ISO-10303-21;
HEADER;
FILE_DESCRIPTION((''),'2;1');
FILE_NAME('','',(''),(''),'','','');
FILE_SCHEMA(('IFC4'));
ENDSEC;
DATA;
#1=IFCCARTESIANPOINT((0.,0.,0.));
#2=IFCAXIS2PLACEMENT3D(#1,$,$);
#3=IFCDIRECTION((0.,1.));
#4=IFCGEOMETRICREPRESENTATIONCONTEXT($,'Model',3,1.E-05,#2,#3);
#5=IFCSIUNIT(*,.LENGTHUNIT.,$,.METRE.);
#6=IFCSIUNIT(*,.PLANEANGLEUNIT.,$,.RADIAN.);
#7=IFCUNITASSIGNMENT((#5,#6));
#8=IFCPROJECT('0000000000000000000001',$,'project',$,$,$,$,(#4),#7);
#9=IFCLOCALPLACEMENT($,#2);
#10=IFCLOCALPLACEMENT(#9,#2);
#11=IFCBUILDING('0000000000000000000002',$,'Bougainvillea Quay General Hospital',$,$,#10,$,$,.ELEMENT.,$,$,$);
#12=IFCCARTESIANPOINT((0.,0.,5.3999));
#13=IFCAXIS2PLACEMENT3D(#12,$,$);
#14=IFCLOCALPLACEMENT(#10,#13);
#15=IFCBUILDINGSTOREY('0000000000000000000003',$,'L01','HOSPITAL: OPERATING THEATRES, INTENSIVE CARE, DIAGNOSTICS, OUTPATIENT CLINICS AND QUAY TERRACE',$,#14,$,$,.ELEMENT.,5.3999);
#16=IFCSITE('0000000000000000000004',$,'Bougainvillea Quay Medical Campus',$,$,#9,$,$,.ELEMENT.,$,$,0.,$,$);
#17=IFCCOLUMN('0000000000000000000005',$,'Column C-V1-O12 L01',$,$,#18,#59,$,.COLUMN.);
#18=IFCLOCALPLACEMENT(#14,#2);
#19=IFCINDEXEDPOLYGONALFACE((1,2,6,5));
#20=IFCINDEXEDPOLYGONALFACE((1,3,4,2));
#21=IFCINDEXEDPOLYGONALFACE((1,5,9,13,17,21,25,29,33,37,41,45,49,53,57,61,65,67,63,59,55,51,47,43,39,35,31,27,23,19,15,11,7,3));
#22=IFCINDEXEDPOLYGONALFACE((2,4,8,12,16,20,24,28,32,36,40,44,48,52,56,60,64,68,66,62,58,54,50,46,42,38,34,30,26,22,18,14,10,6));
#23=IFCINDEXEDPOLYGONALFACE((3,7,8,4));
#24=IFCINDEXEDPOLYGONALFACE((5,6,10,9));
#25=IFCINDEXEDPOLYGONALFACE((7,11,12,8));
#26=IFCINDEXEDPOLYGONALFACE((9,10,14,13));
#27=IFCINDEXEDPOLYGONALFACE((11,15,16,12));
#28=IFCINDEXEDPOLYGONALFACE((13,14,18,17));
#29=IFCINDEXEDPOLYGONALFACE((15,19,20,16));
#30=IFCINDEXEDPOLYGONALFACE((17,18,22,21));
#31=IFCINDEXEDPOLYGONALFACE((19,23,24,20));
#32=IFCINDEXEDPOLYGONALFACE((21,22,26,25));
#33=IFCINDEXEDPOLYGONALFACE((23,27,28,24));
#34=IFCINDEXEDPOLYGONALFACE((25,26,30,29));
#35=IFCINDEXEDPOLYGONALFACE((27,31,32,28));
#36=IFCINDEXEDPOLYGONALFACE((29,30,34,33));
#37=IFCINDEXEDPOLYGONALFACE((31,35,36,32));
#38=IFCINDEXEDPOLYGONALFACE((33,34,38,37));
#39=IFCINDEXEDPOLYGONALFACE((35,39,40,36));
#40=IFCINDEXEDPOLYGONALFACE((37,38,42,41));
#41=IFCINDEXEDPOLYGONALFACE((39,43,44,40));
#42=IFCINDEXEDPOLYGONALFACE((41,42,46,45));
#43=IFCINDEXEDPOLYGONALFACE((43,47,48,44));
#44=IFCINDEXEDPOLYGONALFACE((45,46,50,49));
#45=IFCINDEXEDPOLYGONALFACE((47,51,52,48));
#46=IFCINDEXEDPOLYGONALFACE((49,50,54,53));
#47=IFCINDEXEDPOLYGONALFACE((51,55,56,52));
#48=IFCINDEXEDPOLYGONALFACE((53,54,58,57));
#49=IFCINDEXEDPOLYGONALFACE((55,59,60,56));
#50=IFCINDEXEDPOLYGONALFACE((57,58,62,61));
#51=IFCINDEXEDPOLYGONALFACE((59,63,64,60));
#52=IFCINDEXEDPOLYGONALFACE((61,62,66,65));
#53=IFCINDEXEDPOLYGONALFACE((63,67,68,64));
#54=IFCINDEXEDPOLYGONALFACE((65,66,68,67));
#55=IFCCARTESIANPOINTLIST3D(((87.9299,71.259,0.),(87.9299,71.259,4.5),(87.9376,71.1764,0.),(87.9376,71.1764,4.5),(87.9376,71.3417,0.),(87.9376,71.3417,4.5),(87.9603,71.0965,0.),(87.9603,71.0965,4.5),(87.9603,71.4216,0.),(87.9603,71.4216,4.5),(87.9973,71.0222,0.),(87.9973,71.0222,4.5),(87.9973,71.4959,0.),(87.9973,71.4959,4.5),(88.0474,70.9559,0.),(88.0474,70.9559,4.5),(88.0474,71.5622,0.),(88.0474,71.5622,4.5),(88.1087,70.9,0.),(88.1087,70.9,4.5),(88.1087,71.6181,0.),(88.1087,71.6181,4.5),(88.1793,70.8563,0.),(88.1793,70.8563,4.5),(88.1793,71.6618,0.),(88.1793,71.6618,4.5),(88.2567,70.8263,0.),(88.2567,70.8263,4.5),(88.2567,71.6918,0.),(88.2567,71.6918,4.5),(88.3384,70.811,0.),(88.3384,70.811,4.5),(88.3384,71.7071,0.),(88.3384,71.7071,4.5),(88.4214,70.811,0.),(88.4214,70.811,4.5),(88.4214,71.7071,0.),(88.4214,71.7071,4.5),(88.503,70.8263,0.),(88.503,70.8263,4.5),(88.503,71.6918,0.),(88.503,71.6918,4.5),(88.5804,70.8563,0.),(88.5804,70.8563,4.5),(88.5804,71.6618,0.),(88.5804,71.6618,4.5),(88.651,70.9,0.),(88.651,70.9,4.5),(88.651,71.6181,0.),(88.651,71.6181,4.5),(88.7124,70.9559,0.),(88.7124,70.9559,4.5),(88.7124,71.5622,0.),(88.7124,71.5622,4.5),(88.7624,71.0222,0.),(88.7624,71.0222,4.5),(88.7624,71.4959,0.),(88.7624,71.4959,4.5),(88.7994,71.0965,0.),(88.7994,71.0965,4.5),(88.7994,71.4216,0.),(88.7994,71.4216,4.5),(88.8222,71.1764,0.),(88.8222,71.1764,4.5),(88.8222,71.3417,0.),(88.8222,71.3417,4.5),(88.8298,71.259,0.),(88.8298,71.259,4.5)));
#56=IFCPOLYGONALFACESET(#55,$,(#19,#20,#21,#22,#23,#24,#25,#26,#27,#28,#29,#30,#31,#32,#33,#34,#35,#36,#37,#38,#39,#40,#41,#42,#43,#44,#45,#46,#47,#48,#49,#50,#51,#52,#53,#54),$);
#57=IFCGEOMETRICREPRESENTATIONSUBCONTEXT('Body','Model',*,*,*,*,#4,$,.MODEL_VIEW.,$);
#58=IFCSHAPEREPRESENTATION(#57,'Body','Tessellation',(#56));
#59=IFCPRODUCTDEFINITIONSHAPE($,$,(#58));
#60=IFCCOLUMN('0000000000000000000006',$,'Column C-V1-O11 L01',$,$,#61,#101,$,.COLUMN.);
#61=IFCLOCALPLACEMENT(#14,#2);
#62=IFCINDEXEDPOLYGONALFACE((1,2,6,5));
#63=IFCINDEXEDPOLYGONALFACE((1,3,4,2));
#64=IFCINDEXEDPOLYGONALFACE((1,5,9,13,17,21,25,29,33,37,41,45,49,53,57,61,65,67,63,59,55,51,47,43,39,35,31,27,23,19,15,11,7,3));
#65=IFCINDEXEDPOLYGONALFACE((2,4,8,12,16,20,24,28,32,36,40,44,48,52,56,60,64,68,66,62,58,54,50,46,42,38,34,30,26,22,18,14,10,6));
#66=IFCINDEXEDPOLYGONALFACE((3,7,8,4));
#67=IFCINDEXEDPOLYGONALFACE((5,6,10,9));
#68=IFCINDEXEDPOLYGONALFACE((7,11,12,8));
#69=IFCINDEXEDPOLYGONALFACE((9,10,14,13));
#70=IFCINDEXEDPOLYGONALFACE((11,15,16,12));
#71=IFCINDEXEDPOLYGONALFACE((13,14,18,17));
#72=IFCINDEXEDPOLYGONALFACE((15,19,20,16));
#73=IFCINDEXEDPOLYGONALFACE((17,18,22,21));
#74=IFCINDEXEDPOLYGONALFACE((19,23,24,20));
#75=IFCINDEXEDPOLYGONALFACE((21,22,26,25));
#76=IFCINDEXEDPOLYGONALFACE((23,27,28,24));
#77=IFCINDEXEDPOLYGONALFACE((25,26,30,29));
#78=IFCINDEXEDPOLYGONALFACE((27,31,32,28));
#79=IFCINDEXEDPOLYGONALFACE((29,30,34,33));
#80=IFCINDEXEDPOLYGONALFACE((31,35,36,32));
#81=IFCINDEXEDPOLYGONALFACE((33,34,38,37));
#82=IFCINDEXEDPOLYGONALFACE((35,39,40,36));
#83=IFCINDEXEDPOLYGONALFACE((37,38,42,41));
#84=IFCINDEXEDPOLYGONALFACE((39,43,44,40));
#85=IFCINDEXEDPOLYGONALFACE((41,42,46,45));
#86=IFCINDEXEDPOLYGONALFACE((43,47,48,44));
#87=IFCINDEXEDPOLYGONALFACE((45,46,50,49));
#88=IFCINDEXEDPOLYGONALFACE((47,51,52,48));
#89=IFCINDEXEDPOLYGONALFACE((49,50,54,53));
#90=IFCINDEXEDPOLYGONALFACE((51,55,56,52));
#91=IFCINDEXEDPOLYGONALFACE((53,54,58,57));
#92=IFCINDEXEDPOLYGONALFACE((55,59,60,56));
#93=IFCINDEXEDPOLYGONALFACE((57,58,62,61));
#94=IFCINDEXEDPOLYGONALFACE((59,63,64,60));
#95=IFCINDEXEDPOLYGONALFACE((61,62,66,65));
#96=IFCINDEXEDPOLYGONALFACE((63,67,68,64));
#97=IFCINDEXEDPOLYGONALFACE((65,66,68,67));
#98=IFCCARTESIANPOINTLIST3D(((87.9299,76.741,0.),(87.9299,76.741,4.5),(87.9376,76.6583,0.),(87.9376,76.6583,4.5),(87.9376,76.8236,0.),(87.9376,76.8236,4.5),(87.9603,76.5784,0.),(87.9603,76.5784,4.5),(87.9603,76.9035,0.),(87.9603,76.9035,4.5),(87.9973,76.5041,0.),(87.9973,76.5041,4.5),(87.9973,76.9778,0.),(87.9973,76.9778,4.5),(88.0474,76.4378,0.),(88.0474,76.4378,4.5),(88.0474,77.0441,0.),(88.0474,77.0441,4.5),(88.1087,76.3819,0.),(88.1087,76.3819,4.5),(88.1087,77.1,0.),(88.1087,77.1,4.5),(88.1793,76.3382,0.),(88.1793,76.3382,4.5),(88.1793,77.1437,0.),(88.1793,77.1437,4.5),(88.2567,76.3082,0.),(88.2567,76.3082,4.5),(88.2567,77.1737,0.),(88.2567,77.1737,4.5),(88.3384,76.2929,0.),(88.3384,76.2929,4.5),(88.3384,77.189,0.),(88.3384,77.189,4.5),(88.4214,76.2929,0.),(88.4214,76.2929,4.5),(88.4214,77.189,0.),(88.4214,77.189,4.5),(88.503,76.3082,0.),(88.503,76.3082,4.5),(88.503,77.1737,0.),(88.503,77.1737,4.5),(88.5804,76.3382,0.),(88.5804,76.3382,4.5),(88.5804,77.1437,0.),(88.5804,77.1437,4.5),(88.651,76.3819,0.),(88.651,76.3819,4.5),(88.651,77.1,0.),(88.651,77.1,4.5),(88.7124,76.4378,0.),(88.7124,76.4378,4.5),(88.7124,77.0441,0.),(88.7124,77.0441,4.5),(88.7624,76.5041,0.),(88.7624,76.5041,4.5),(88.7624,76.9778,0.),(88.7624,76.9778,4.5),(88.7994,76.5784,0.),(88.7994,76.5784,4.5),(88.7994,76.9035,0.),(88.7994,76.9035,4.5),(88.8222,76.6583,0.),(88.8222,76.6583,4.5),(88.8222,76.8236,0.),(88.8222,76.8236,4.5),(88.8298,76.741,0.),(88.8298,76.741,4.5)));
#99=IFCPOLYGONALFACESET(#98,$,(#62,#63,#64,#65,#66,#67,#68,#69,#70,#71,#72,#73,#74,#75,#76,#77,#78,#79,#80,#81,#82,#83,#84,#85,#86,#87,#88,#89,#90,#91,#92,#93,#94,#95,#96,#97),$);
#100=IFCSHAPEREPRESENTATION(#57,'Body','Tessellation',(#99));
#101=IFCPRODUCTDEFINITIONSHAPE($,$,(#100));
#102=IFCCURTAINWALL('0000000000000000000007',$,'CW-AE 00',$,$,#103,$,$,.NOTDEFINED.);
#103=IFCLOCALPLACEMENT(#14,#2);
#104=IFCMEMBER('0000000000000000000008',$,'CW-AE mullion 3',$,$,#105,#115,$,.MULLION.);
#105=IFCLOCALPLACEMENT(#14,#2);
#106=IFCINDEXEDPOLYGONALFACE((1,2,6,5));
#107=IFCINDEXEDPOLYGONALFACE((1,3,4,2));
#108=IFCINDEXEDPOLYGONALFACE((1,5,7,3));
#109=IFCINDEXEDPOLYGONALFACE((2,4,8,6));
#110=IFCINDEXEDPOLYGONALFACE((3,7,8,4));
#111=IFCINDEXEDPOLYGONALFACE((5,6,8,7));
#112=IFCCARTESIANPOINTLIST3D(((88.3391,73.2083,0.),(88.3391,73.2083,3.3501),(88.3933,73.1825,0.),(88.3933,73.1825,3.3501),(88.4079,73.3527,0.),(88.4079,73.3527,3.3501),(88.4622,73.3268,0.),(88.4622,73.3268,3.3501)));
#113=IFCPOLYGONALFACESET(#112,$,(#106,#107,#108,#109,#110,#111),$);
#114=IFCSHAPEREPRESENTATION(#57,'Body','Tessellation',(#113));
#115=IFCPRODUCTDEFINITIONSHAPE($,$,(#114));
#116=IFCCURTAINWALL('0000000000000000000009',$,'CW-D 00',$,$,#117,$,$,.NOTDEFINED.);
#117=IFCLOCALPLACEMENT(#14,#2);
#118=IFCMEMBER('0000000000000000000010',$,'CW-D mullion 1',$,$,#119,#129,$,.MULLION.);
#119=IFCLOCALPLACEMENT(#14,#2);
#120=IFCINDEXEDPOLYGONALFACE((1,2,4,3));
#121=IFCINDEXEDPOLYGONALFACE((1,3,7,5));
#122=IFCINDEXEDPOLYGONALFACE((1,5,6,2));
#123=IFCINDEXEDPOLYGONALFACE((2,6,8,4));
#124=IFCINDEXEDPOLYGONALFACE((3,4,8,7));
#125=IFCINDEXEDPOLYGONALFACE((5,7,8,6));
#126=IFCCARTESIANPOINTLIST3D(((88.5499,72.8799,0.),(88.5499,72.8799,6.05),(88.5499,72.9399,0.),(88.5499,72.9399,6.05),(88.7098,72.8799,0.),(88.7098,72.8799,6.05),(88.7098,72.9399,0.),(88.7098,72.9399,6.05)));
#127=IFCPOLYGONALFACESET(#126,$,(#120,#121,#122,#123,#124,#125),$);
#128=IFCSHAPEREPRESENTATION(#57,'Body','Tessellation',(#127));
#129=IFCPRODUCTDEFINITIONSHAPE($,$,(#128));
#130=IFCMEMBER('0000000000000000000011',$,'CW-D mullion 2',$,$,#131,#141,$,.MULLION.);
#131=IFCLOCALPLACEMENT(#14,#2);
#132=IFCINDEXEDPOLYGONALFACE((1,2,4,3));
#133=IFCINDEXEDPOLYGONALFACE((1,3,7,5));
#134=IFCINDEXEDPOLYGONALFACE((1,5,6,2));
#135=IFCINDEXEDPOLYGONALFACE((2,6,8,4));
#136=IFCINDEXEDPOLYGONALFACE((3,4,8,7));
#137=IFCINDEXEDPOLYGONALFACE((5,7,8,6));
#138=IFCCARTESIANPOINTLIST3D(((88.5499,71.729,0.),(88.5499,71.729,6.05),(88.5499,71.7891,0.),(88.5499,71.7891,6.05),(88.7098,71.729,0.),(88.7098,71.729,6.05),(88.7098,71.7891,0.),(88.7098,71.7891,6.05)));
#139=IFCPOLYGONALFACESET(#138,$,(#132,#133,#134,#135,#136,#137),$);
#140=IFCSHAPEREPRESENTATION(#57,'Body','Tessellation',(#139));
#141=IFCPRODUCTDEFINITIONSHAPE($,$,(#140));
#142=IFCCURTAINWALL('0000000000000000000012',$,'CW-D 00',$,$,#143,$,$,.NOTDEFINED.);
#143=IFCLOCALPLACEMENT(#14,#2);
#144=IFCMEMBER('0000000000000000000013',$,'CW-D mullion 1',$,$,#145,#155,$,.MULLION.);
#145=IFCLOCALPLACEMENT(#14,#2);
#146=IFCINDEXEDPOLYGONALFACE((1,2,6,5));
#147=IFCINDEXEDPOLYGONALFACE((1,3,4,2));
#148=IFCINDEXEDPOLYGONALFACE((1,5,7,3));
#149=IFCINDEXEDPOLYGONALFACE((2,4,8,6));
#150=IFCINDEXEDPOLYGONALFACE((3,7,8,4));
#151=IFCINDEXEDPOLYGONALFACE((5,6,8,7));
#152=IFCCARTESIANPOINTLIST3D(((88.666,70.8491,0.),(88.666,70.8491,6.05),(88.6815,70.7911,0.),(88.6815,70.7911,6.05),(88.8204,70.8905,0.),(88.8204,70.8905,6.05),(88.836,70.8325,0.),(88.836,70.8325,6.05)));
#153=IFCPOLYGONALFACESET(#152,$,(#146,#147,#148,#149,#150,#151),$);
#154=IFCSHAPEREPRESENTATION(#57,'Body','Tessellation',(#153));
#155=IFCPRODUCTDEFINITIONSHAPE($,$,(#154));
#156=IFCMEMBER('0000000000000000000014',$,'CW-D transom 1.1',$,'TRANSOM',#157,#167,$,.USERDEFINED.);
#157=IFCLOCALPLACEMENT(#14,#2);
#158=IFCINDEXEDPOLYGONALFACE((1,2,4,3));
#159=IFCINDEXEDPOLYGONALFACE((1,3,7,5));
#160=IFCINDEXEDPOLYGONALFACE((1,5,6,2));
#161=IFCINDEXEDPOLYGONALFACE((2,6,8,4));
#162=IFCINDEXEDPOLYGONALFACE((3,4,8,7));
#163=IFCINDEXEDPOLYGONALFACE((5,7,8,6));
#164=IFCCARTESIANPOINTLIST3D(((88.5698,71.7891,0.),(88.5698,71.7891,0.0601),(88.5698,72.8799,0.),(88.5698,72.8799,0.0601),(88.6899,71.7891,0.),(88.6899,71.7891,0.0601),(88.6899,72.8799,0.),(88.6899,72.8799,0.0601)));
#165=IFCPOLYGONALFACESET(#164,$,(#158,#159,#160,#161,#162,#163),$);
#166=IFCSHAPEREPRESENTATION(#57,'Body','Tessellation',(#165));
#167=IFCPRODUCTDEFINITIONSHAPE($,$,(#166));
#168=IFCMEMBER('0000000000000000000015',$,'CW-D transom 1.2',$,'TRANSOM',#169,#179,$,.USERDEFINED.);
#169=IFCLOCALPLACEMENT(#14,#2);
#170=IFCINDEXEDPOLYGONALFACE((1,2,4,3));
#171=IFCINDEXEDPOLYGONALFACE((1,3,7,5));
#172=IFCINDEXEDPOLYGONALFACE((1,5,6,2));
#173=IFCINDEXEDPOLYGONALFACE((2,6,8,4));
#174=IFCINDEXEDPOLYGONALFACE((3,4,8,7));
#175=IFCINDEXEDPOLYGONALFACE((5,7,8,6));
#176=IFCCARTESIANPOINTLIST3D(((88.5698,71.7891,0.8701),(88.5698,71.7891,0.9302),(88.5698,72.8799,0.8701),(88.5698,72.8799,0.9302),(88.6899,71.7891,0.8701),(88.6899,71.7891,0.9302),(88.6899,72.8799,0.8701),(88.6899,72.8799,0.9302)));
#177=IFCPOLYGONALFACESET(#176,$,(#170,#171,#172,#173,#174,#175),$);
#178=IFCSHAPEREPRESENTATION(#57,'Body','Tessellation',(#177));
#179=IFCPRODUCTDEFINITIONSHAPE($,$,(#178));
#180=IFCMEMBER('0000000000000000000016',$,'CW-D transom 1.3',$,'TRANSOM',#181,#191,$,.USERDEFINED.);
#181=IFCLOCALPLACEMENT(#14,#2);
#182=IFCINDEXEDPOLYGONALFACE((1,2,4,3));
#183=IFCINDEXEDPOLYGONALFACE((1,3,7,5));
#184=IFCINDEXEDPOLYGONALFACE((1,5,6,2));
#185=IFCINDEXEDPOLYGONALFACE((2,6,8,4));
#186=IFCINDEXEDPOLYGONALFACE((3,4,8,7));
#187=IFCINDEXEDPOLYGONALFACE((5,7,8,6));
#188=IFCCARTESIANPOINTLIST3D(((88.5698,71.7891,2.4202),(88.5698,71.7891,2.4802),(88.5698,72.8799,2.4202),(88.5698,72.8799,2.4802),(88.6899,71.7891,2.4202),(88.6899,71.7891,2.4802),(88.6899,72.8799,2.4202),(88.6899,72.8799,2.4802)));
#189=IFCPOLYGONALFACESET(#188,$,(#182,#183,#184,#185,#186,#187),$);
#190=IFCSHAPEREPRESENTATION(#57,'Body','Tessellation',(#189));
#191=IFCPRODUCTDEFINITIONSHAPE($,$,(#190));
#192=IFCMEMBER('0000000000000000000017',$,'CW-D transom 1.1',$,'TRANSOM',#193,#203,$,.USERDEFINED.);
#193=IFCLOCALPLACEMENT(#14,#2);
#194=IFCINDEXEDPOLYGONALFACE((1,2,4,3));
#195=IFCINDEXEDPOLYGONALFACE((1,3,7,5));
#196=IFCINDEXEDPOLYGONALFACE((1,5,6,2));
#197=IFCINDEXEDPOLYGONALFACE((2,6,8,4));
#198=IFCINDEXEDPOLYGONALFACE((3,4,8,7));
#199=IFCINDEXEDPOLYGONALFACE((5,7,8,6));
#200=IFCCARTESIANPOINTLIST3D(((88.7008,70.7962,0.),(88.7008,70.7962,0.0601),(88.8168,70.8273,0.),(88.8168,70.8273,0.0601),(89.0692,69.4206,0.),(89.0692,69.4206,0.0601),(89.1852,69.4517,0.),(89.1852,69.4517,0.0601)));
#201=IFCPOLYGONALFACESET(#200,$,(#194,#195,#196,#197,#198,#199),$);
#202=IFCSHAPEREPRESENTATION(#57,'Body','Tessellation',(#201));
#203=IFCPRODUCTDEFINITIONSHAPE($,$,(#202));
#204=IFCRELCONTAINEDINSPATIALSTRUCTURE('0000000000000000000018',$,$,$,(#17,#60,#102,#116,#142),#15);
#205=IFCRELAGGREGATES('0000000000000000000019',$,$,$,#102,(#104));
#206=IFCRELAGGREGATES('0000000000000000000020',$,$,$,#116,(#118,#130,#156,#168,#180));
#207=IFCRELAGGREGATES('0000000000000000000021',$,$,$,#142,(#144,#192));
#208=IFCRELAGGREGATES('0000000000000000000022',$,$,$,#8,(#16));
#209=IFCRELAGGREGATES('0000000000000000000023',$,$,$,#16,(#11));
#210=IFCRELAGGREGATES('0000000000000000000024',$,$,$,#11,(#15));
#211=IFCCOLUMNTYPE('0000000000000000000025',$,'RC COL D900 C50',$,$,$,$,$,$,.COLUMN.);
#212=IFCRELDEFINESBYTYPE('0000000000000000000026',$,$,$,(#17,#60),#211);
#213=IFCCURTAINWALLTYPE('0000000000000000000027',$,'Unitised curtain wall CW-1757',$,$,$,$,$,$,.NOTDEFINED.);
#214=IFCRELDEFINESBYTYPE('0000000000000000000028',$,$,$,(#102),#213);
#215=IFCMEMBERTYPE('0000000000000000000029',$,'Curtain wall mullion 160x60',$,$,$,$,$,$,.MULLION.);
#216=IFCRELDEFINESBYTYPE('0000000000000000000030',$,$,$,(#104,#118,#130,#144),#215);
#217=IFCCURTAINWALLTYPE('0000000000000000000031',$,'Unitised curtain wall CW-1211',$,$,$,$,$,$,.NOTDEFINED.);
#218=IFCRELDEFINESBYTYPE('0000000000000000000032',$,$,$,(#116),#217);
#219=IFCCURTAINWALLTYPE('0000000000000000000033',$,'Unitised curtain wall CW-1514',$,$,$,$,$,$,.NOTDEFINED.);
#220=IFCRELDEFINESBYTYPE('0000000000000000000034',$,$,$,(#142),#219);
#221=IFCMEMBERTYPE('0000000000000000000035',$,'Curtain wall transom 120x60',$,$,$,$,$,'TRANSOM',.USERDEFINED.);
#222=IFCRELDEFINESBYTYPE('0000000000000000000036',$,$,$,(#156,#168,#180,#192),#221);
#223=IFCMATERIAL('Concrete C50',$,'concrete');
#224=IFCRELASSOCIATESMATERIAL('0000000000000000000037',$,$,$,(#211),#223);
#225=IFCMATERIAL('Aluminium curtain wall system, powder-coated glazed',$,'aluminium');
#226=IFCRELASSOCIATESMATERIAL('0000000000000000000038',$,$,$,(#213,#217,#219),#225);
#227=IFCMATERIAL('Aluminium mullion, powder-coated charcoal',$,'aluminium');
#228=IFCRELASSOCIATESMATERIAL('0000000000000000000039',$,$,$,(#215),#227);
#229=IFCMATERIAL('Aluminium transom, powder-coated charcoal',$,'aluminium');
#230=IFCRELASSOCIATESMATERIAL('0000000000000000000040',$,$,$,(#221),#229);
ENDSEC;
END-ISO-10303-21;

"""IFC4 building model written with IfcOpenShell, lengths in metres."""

from ifc_helpers import new_model, si_unit, direction, frame, origin, origin_2d, place, context, subcontext, project, spatial, rectangle, circle, extrude, material, material_profile, profile_set, type_object, element, aggregate, save


model = new_model("IFC4")

# Units and contexts
model_context = context("Model", 3, precision=1e-05, world=origin(), true_north=direction((0.0, 1.0)))
body_context = subcontext(model_context, "Body", "Model", "MODEL_VIEW")
ifc_project = project(units=[si_unit("LENGTHUNIT", "METRE"), si_unit("PLANEANGLEUNIT", "RADIAN")], contexts=[model_context])

# Site, building, storey
site_placement = place(None, origin())
site = spatial("IfcSite", under=ifc_project, at=site_placement, Name="Bougainvillea Quay Medical Campus", CompositionType="ELEMENT", RefElevation=0.0)
building_placement = place(site_placement, origin())
building = spatial("IfcBuilding", under=site, at=building_placement, Name="Bougainvillea Quay General Hospital", CompositionType="ELEMENT")
storey_placement = place(building_placement, frame((0.0, 0.0, 5.3999)))
storey = spatial("IfcBuildingStorey", under=building, at=storey_placement, Name="L01", Description="HOSPITAL: OPERATING THEATRES, INTENSIVE CARE, DIAGNOSTICS, OUTPATIENT CLINICS AND QUAY TERRACE", CompositionType="ELEMENT", Elevation=5.3999)

# Columns
ifc_material_1 = material(Name="Concrete C50", Category="concrete")
ifc_material_profile_1 = material_profile(ifc_material_1, circle(Radius=0.45, at=origin_2d()))
ifc_profile_set_1 = profile_set([ifc_material_profile_1], Name="Concrete C50")
column_type = type_object("IfcColumnType", Name="RC COL D900 C50", PredefinedType="COLUMN", material=ifc_profile_set_1)
for number, where, z_axis, x_axis, name in (
    (1, (88.3799, 71.259, 0.0), (0.0, 0.0, 1.0), (1.0, 0.0, 0.0), "Column C-V1-O12 L01"),
    (2, (88.3799, 76.741, 0.0), (0.0, 0.0, 1.0), (1.0, 0.0, 0.0), "Column C-V1-O11 L01"),
):
    element("IfcColumn", number, at=place(storey_placement, frame(where, z_axis=z_axis, x_axis=x_axis)), inside=storey, type_object=column_type, Name=name, PredefinedType="COLUMN", context=body_context, shape_type="SweptSolid", body=[
        extrude(circle(Radius=0.45, at=origin_2d()), origin(), (0.0, 0.0, 1.0), 4.5),
    ])

# Curtain wall, member
ifc_material_2 = material(Name="Aluminium curtain wall system, powder-coated glazed", Category="aluminium")
curtain_wall_type_1 = type_object("IfcCurtainWallType", Name="Unitised curtain wall CW-1757", PredefinedType="NOTDEFINED", material=ifc_material_2)
curtain_wall_1_placement = place(storey_placement, origin())
curtain_wall_1 = element("IfcCurtainWall", 3, at=curtain_wall_1_placement, inside=storey, type_object=curtain_wall_type_1, Name="CW-AE 00", PredefinedType="NOTDEFINED")
ifc_material_3 = material(Name="Aluminium mullion, powder-coated charcoal", Category="aluminium")
ifc_material_profile_2 = material_profile(ifc_material_3, rectangle(XDim=0.1599, YDim=0.0601, at=origin_2d()))
ifc_profile_set_2 = profile_set([ifc_material_profile_2], Name="Aluminium mullion, powder-coated charcoal")
member_type_1 = type_object("IfcMemberType", Name="Curtain wall mullion 160x60", PredefinedType="MULLION", material=ifc_profile_set_2)
member_1_placement = place(storey_placement, frame((88.4006, 73.2676, 0.0), z_axis=(0.0, 0.0, 1.0), x_axis=(0.430463, 0.902608, 0.0)))
member_1 = element("IfcMember", 4, at=member_1_placement, type_object=member_type_1, Name="CW-AE mullion 3", PredefinedType="MULLION", context=body_context, shape_type="SweptSolid", body=[
    extrude(rectangle(XDim=0.1599, YDim=0.0601, at=origin_2d()), origin(), (0.0, 0.0, 1.0), 3.3501),
])

# Curtain wall, members
curtain_wall_type_2 = type_object("IfcCurtainWallType", Name="Unitised curtain wall CW-1211", PredefinedType="NOTDEFINED", material=ifc_material_2)
curtain_wall_2_placement = place(storey_placement, origin())
curtain_wall_2 = element("IfcCurtainWall", 5, at=curtain_wall_2_placement, inside=storey, type_object=curtain_wall_type_2, Name="CW-D 00", PredefinedType="NOTDEFINED")
member_2_placement = place(storey_placement, frame((88.6299, 72.9099, 0.0), z_axis=(0.0, 0.0, 1.0), x_axis=(1.0, 0.0, 0.0)))
member_2 = element("IfcMember", 6, at=member_2_placement, type_object=member_type_1, Name="CW-D mullion 1", PredefinedType="MULLION", context=body_context, shape_type="SweptSolid", body=[
    extrude(rectangle(XDim=0.1599, YDim=0.0601, at=origin_2d()), origin(), (0.0, 0.0, 1.0), 6.05),
])
member_3_placement = place(storey_placement, frame((88.6299, 71.759, 0.0), z_axis=(0.0, 0.0, 1.0), x_axis=(1.0, 0.0, 0.0)))
member_3 = element("IfcMember", 7, at=member_3_placement, type_object=member_type_1, Name="CW-D mullion 2", PredefinedType="MULLION", context=body_context, shape_type="SweptSolid", body=[
    extrude(rectangle(XDim=0.1599, YDim=0.0601, at=origin_2d()), origin(), (0.0, 0.0, 1.0), 6.05),
])

# Curtain wall, member
curtain_wall_type_3 = type_object("IfcCurtainWallType", Name="Unitised curtain wall CW-1514", PredefinedType="NOTDEFINED", material=ifc_material_2)
curtain_wall_3_placement = place(storey_placement, origin())
curtain_wall_3 = element("IfcCurtainWall", 8, at=curtain_wall_3_placement, inside=storey, type_object=curtain_wall_type_3, Name="CW-D 00", PredefinedType="NOTDEFINED")
member_4_placement = place(storey_placement, frame((88.751, 70.8408, 0.0), z_axis=(0.0, 0.0, 1.0), x_axis=(0.965916, 0.258855, 0.0)))
member_4 = element("IfcMember", 9, at=member_4_placement, type_object=member_type_1, Name="CW-D mullion 1", PredefinedType="MULLION", context=body_context, shape_type="SweptSolid", body=[
    extrude(rectangle(XDim=0.1599, YDim=0.0601, at=origin_2d()), origin(), (0.0, 0.0, 1.0), 6.05),
])

# Members
ifc_material_4 = material(Name="Aluminium transom, powder-coated charcoal", Category="aluminium")
ifc_material_profile_3 = material_profile(ifc_material_4, rectangle(XDim=0.1201, YDim=0.0601, at=origin_2d()))
ifc_profile_set_3 = profile_set([ifc_material_profile_3], Name="Aluminium transom, powder-coated charcoal")
member_type_2 = type_object("IfcMemberType", Name="Curtain wall transom 120x60", ElementType="TRANSOM", PredefinedType="USERDEFINED", material=ifc_profile_set_3)
member_5_placement = place(storey_placement, frame((88.6299, 72.8799, 0.03), z_axis=(0.0, -1.0, 0.0), x_axis=(1.0, 0.0, 0.0)))
member_5 = element("IfcMember", 10, at=member_5_placement, type_object=member_type_2, Name="CW-D transom 1.1", ObjectType="TRANSOM", PredefinedType="USERDEFINED", context=body_context, shape_type="SweptSolid", body=[
    extrude(rectangle(XDim=0.1201, YDim=0.0601, at=origin_2d()), origin(), (0.0, 0.0, 1.0), 1.0908),
])
member_6_placement = place(storey_placement, frame((88.6299, 72.8799, 0.9001), z_axis=(0.0, -1.0, 0.0), x_axis=(1.0, 0.0, 0.0)))
member_6 = element("IfcMember", 11, at=member_6_placement, type_object=member_type_2, Name="CW-D transom 1.2", ObjectType="TRANSOM", PredefinedType="USERDEFINED", context=body_context, shape_type="SweptSolid", body=[
    extrude(rectangle(XDim=0.1201, YDim=0.0601, at=origin_2d()), origin(), (0.0, 0.0, 1.0), 1.0908),
])
member_7_placement = place(storey_placement, frame((88.6299, 72.8799, 2.4502), z_axis=(0.0, -1.0, 0.0), x_axis=(1.0, 0.0, 0.0)))
member_7 = element("IfcMember", 12, at=member_7_placement, type_object=member_type_2, Name="CW-D transom 1.3", ObjectType="TRANSOM", PredefinedType="USERDEFINED", context=body_context, shape_type="SweptSolid", body=[
    extrude(rectangle(XDim=0.1201, YDim=0.0601, at=origin_2d()), origin(), (0.0, 0.0, 1.0), 1.0908),
])
member_8_placement = place(storey_placement, frame((88.7588, 70.8118, 0.03), z_axis=(0.258719, -0.965953, 0.0), x_axis=(0.965953, 0.258719, 0.0)))
member_8 = element("IfcMember", 13, at=member_8_placement, type_object=member_type_2, Name="CW-D transom 1.1", ObjectType="TRANSOM", PredefinedType="USERDEFINED", context=body_context, shape_type="SweptSolid", body=[
    extrude(rectangle(XDim=0.1201, YDim=0.0601, at=origin_2d()), origin(), (0.0, 0.0, 1.0), 1.4241),
])

aggregate(curtain_wall_1, [member_1])
aggregate(curtain_wall_2, [member_2, member_3, member_5, member_6, member_7])
aggregate(curtain_wall_3, [member_4, member_8])

save(model, "model.ifc")
